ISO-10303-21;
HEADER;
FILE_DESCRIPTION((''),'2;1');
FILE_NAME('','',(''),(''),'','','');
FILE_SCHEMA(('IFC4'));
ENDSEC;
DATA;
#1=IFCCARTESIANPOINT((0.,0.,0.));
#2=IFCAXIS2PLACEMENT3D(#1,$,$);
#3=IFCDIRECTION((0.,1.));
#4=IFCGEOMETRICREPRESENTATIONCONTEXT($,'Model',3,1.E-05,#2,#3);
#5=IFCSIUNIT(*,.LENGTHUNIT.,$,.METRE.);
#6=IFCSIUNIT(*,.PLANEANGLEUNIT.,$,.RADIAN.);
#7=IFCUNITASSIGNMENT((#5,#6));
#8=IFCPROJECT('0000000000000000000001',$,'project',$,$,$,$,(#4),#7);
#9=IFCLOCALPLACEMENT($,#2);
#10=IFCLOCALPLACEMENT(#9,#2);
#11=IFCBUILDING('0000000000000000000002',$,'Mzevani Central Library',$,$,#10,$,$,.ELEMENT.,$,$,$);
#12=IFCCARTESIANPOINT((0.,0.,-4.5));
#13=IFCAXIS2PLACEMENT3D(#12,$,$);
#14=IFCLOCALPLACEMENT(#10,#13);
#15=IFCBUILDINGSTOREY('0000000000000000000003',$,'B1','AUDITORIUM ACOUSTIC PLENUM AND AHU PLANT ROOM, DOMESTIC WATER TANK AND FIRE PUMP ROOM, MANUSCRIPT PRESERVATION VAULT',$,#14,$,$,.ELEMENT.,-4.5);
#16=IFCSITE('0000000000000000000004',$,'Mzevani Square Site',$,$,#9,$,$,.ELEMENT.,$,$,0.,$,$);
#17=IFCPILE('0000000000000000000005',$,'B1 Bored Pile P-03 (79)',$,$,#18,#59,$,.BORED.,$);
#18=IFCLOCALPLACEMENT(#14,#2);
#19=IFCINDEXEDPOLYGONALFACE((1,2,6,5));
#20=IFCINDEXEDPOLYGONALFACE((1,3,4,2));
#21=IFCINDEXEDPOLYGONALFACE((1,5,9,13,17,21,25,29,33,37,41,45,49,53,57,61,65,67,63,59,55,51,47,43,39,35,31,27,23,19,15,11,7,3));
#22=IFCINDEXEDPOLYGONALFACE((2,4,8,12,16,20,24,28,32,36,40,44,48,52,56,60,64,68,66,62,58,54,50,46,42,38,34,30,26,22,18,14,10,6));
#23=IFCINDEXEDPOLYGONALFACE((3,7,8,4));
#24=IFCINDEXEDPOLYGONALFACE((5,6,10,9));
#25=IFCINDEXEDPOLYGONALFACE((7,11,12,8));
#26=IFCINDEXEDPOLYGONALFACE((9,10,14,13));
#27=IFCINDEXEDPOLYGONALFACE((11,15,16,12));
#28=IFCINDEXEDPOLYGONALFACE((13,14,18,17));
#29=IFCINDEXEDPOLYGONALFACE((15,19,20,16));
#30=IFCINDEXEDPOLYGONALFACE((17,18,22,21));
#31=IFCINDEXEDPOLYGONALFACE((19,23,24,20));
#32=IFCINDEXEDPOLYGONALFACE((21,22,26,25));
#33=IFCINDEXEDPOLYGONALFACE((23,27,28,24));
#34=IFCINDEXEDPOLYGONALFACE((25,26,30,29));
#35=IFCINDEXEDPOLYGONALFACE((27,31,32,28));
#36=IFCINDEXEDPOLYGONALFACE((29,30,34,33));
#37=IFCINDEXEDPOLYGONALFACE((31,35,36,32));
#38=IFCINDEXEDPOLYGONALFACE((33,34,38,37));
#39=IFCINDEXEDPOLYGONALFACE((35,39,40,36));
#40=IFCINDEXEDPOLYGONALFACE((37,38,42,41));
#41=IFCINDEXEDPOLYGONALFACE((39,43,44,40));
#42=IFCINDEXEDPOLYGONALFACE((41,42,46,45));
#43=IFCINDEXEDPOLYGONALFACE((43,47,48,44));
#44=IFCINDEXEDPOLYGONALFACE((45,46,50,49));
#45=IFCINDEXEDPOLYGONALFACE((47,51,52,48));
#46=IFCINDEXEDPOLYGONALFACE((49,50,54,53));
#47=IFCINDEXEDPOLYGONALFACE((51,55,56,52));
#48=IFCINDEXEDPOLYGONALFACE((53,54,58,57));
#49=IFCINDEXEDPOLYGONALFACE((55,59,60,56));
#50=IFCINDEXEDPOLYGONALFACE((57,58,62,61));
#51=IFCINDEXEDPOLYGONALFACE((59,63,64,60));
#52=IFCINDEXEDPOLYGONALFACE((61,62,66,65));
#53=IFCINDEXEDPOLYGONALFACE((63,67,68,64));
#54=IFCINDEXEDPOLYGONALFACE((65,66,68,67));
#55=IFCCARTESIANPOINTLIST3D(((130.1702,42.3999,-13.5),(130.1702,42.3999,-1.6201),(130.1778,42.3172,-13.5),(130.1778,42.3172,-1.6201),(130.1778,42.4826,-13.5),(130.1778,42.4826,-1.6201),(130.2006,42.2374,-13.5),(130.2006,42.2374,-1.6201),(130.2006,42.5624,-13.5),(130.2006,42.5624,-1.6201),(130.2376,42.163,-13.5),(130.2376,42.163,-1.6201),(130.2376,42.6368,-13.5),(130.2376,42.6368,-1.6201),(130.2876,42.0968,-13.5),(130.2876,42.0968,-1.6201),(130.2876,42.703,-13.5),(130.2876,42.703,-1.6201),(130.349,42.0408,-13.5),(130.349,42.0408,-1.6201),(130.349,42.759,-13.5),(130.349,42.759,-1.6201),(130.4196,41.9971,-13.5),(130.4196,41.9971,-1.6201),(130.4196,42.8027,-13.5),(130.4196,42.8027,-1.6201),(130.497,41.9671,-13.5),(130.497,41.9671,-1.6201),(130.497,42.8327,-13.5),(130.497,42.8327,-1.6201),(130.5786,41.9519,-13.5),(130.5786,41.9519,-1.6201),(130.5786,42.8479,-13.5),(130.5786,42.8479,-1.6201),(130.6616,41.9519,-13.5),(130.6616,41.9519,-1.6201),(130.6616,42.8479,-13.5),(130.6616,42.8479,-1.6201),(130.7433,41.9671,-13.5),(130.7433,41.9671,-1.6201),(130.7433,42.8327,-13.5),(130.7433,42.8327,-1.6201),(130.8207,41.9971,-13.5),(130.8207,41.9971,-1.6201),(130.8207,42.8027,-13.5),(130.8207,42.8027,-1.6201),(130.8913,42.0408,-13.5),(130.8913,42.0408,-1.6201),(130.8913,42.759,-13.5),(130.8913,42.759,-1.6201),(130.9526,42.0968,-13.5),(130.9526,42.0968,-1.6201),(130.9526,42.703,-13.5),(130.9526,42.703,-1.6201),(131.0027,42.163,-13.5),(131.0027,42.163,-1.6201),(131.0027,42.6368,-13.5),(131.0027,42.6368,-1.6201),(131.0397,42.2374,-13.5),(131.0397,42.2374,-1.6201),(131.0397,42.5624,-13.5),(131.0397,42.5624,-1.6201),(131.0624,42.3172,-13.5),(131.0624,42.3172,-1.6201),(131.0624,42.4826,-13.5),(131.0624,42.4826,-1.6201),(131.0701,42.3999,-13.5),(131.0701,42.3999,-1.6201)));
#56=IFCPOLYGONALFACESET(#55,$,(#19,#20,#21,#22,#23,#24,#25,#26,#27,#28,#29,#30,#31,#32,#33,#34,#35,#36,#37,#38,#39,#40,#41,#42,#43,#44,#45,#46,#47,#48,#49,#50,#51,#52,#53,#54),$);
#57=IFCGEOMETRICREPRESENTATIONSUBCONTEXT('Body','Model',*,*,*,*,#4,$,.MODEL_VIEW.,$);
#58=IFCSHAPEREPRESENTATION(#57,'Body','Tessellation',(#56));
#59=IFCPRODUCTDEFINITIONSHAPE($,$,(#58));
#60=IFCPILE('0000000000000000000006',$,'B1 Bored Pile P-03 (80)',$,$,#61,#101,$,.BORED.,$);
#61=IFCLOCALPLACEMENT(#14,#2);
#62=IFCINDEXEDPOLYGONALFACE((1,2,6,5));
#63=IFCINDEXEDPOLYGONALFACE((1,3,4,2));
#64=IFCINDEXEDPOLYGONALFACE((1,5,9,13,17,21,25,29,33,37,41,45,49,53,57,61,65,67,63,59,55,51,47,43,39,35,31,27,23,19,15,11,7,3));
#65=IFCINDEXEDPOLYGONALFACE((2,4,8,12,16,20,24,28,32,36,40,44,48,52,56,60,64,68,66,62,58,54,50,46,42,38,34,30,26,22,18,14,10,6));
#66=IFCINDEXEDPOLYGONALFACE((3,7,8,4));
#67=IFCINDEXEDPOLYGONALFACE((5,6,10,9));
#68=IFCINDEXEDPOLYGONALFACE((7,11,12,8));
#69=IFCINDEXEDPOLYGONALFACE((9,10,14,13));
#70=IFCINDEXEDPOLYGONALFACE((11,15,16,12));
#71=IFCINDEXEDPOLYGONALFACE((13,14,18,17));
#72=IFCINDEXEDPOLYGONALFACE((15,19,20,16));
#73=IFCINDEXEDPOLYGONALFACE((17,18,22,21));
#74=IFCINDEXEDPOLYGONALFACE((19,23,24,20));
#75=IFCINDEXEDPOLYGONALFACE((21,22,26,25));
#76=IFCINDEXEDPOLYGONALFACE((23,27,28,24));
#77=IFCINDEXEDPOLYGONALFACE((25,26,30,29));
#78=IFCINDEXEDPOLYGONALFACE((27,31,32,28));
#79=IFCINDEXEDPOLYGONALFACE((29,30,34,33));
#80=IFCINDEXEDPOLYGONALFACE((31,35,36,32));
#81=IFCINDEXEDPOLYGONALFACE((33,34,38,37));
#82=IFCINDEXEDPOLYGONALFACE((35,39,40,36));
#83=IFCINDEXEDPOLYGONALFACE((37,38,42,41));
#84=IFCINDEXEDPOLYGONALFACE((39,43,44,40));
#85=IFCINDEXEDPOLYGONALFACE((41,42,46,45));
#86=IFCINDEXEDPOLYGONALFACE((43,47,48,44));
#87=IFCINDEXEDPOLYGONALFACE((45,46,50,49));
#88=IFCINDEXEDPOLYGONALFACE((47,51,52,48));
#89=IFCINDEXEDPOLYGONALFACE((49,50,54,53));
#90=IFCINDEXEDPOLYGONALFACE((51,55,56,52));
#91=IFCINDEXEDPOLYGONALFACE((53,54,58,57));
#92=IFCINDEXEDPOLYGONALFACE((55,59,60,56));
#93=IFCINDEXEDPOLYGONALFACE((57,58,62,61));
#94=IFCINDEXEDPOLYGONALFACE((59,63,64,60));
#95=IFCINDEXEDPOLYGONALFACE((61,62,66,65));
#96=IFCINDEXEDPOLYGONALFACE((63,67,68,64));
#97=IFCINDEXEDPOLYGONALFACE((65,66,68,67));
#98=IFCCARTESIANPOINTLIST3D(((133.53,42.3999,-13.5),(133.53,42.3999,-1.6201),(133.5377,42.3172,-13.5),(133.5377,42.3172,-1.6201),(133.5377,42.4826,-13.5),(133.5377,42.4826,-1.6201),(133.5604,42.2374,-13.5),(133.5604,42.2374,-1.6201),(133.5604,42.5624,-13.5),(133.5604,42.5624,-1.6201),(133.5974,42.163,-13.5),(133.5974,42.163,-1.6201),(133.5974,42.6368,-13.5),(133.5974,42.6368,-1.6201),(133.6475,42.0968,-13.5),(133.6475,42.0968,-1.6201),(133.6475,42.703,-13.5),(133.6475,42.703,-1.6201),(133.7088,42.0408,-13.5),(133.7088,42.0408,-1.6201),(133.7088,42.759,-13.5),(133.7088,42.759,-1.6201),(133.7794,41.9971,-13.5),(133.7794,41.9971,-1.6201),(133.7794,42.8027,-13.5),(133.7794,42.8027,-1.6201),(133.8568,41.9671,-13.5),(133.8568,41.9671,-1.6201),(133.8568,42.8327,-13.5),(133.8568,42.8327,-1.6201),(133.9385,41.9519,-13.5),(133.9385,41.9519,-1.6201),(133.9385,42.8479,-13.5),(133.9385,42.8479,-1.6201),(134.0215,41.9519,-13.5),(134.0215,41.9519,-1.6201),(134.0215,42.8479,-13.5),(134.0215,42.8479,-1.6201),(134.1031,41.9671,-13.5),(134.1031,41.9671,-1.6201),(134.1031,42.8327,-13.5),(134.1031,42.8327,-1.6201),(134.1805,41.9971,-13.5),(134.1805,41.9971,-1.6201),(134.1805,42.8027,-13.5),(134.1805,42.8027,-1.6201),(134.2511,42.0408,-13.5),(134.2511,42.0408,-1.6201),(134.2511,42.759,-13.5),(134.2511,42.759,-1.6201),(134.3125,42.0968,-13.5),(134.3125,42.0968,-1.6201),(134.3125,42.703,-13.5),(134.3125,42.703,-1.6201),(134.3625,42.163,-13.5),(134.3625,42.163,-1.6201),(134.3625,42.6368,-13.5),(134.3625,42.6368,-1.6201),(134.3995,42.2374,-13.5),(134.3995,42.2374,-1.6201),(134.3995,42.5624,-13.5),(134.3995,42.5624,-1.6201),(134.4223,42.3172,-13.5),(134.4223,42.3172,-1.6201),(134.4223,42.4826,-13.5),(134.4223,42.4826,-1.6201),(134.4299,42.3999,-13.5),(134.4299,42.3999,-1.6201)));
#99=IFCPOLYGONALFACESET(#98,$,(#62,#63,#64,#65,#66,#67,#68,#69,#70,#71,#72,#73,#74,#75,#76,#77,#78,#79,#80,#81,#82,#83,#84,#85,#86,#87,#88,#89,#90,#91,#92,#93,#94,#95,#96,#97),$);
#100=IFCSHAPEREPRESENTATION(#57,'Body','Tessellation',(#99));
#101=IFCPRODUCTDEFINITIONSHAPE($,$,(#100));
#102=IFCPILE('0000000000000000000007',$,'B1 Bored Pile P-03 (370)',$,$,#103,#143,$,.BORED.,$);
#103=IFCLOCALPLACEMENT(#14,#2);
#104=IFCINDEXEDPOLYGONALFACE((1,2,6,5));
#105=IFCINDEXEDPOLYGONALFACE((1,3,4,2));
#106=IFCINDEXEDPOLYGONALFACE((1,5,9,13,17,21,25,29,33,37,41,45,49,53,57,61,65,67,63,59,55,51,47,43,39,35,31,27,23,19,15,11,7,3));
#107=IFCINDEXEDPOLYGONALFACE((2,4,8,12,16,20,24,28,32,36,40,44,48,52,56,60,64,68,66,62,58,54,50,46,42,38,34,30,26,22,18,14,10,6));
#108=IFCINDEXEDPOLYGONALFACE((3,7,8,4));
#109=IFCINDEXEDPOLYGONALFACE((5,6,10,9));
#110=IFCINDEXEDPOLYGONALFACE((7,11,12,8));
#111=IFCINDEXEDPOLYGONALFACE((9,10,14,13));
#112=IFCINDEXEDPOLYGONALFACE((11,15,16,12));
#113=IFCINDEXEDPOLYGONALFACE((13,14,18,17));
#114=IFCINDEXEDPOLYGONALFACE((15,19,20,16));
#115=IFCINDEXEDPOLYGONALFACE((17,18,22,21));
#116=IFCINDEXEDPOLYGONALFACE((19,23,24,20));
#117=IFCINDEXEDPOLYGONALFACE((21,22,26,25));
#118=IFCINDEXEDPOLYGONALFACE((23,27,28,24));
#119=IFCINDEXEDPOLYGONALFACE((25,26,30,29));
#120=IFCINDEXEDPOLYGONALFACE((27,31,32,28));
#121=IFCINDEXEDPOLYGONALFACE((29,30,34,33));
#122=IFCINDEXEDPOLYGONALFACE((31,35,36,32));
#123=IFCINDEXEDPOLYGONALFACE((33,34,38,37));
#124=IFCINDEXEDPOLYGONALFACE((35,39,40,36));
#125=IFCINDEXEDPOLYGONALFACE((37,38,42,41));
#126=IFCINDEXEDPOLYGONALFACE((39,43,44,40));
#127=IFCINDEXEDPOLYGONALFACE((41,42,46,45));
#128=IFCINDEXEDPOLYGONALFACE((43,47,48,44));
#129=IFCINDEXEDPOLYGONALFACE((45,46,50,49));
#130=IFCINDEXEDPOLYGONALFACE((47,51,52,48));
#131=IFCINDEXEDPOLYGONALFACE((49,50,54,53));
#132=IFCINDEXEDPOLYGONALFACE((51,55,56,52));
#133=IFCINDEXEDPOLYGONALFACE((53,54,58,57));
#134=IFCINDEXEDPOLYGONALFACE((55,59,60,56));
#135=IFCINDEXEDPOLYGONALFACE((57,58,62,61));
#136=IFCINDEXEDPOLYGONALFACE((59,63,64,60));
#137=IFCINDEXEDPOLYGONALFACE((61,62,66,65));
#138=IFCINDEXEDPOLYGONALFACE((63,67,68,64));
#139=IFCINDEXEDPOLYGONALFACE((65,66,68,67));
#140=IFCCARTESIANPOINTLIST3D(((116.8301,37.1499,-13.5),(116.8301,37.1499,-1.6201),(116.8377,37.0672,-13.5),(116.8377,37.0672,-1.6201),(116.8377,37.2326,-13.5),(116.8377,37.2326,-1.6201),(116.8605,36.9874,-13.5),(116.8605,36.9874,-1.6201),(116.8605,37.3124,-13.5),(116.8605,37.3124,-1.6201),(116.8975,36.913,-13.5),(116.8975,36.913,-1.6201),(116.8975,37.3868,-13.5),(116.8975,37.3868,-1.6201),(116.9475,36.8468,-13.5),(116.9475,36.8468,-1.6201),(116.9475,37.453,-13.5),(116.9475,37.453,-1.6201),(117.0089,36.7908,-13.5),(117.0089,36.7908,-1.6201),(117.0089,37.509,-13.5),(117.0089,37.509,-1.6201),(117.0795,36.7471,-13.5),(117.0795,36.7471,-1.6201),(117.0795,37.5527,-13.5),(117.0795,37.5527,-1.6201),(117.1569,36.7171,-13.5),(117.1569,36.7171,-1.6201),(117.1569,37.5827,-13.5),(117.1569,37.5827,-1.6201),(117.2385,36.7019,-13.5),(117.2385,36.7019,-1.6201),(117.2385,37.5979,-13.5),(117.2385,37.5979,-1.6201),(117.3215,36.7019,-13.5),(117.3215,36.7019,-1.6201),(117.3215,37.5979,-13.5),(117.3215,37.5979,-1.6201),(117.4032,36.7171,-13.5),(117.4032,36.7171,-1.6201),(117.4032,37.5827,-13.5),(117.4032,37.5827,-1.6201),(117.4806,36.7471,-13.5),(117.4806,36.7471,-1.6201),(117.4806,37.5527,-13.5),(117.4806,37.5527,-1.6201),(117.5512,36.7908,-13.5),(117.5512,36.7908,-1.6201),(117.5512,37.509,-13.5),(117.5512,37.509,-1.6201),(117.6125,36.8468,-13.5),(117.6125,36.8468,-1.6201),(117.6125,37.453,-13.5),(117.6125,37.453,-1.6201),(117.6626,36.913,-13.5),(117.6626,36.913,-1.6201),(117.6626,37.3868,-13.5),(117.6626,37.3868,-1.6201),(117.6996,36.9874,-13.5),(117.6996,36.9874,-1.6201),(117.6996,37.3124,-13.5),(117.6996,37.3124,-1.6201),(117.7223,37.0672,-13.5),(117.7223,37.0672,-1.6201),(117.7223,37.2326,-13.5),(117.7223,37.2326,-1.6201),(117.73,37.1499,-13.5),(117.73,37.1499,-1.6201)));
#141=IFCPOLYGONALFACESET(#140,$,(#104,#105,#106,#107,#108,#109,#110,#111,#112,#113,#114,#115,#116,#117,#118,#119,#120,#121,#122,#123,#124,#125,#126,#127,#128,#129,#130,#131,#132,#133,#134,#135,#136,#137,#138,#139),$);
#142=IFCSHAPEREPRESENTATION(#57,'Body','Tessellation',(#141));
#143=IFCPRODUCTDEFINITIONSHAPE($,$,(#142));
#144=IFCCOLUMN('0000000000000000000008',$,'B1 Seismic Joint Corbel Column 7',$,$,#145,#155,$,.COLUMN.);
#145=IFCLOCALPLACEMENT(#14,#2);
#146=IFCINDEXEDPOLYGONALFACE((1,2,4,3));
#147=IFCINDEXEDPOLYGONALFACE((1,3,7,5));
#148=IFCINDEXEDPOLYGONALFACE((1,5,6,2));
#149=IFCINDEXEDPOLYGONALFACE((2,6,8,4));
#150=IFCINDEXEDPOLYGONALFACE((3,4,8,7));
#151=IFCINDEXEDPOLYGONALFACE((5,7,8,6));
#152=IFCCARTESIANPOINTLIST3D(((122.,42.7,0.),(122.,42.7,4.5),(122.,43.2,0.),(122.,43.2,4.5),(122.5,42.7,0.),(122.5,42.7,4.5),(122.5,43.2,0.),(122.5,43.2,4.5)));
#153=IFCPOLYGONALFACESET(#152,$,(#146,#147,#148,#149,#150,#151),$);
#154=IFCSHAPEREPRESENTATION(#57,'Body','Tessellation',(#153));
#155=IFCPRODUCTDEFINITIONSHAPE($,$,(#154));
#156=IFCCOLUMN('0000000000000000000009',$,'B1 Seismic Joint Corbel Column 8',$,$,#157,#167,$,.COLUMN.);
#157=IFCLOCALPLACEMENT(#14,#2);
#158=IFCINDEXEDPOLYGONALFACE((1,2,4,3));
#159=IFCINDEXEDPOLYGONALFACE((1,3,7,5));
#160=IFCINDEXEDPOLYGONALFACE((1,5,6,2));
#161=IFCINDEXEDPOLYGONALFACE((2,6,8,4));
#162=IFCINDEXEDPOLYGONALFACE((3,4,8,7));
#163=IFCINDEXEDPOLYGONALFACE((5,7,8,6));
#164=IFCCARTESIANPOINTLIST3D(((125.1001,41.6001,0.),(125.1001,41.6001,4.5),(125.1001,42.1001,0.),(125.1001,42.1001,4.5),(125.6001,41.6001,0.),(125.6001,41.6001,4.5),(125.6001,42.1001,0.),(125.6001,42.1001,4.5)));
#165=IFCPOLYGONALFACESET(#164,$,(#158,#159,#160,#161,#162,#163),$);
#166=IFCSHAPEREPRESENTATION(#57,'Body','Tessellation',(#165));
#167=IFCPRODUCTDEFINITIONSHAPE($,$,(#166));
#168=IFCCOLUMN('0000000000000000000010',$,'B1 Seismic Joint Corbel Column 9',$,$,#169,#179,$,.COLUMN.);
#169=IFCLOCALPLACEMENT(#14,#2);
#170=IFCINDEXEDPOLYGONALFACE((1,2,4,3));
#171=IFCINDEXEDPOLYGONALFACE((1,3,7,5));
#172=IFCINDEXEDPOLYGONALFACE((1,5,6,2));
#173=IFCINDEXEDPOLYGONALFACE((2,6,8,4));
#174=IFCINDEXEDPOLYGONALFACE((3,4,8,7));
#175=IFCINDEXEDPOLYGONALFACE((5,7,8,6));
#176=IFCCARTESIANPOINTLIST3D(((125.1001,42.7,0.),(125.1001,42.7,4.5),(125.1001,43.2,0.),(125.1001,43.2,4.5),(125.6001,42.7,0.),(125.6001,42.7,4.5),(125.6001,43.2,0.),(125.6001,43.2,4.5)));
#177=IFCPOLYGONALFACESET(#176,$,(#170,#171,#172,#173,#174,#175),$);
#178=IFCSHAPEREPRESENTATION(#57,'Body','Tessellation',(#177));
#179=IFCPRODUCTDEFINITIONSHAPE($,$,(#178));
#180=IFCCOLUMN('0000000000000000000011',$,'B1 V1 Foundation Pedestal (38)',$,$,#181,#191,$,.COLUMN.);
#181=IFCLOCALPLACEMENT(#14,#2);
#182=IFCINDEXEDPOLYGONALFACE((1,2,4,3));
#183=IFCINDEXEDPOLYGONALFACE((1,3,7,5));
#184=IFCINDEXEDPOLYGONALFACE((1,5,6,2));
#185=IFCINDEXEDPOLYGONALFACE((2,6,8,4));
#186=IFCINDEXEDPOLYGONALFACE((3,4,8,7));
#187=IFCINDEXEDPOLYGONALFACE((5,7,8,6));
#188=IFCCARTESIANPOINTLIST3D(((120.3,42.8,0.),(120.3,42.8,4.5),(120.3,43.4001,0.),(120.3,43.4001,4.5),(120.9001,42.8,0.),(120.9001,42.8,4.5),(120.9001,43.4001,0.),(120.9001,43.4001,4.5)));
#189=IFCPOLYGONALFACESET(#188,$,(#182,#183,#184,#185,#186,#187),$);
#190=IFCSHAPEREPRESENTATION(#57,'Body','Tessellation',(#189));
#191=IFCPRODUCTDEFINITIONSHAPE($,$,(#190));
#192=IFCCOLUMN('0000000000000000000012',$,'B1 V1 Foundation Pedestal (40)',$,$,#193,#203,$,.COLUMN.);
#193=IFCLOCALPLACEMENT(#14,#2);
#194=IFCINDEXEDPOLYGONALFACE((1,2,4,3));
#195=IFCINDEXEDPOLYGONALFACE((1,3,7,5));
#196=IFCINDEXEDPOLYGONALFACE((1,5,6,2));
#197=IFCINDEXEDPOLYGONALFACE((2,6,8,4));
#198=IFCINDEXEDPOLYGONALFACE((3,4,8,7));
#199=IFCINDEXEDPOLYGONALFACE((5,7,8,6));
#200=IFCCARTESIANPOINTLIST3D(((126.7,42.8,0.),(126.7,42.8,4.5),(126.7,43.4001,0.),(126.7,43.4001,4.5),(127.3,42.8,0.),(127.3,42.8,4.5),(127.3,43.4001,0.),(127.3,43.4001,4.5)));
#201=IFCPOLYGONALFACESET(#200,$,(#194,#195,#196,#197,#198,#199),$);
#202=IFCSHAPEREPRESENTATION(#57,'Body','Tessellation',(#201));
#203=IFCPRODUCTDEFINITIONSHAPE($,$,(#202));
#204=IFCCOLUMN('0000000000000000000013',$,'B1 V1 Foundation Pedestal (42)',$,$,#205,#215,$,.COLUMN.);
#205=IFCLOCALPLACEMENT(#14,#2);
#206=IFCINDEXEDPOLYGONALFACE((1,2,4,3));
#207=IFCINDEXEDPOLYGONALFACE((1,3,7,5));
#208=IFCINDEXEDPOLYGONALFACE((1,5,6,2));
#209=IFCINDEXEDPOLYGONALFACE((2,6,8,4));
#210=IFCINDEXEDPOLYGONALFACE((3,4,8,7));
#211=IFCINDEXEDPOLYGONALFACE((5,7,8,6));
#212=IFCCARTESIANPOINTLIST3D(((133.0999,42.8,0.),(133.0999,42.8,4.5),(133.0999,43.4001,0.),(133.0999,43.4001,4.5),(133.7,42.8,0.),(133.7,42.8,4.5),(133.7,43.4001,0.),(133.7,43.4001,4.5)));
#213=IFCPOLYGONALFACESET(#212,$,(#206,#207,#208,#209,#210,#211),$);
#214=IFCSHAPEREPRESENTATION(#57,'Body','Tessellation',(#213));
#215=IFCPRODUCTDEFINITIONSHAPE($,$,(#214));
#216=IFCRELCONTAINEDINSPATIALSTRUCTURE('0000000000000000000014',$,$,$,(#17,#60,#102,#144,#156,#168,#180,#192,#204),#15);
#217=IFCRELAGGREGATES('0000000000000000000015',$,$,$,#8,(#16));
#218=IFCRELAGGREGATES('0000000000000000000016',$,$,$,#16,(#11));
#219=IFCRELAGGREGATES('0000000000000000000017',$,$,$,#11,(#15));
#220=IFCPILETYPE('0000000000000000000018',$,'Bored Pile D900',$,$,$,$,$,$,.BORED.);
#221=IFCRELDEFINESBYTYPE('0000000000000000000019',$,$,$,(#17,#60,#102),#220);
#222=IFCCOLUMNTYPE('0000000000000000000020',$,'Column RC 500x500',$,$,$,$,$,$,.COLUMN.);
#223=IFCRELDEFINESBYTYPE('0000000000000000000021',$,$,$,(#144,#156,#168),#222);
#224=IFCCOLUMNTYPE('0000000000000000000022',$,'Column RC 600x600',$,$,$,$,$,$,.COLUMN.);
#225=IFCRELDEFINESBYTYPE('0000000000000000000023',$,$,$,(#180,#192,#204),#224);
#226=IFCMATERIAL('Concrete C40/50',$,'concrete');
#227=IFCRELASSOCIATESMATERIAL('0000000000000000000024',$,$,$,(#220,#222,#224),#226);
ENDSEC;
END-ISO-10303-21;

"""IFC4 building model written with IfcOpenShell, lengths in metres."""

from ifc_helpers import new_model, si_unit, direction, frame, origin, origin_2d, place, context, subcontext, project, spatial, rectangle, circle, extrude, material, material_profile, profile_set, type_object, element, save


model = new_model("IFC4")

# Units and contexts
model_context = context("Model", 3, precision=1e-05, world=origin(), true_north=direction((0.0, 1.0)))
body_context = subcontext(model_context, "Body", "Model", "MODEL_VIEW")
ifc_project = project(units=[si_unit("LENGTHUNIT", "METRE"), si_unit("PLANEANGLEUNIT", "RADIAN")], contexts=[model_context])

# Site, building, storey
site_placement = place(None, origin())
site = spatial("IfcSite", under=ifc_project, at=site_placement, Name="Mzevani Square Site", CompositionType="ELEMENT", RefElevation=0.0)
building_placement = place(site_placement, origin())
building = spatial("IfcBuilding", under=site, at=building_placement, Name="Mzevani Central Library", CompositionType="ELEMENT")
storey_placement = place(building_placement, frame((0.0, 0.0, -4.5)))
storey = spatial("IfcBuildingStorey", under=building, at=storey_placement, Name="B1", Description="AUDITORIUM ACOUSTIC PLENUM AND AHU PLANT ROOM, DOMESTIC WATER TANK AND FIRE PUMP ROOM, MANUSCRIPT PRESERVATION VAULT", CompositionType="ELEMENT", Elevation=-4.5)

# Piles
ifc_material_1 = material(Name="Concrete C40/50", Category="concrete")
ifc_material_profile_1 = material_profile(ifc_material_1, circle(Radius=0.45, at=origin_2d()), Name="PILE D900")
ifc_profile_set_1 = profile_set([ifc_material_profile_1], Name="Concrete C40/50")
pile_type_1 = type_object("IfcPileType", Name="Bored Pile D900", PredefinedType="BORED", material=ifc_profile_set_1)
for number, where, z_axis, x_axis, name in (
    (1, (130.6201, 42.3999, -1.6201), (0.0, 0.0, -1.0), (1.0, 0.0, 0.0), "B1 Bored Pile P-03 (79)"),
    (2, (133.98, 42.3999, -1.6201), (0.0, 0.0, -1.0), (1.0, 0.0, 0.0), "B1 Bored Pile P-03 (80)"),
    (3, (117.28, 37.1499, -1.6201), (0.0, 0.0, -1.0), (1.0, 0.0, 0.0), "B1 Bored Pile P-03 (370)"),
):
    element("IfcPile", number, at=place(storey_placement, frame(where, z_axis=z_axis, x_axis=x_axis)), inside=storey, type_object=pile_type_1, Name=name, PredefinedType="BORED", context=body_context, shape_type="SweptSolid", body=[
        extrude(circle(Radius=0.45, at=origin_2d()), origin(), (0.0, 0.0, 1.0), 11.8799),
    ])

# Columns
ifc_material_profile_2 = material_profile(ifc_material_1, rectangle(XDim=0.5, YDim=0.5, at=origin_2d()), Name="RC 500x500")
ifc_profile_set_2 = profile_set([ifc_material_profile_2], Name="Concrete C40/50")
column_type_1 = type_object("IfcColumnType", Name="Column RC 500x500", PredefinedType="COLUMN", material=ifc_profile_set_2)
for number, where, z_axis, x_axis, name in (
    (4, (122.25, 42.95, 0.0), (0.0, 0.0, 1.0), (1.0, 0.0, 0.0), "B1 Seismic Joint Corbel Column 7"),
    (5, (125.3501, 41.8501, 0.0), (0.0, 0.0, 1.0), (1.0, 0.0, 0.0), "B1 Seismic Joint Corbel Column 8"),
    (6, (125.3501, 42.95, 0.0), (0.0, 0.0, 1.0), (1.0, 0.0, 0.0), "B1 Seismic Joint Corbel Column 9"),
):
    element("IfcColumn", number, at=place(storey_placement, frame(where, z_axis=z_axis, x_axis=x_axis)), inside=storey, type_object=column_type_1, Name=name, PredefinedType="COLUMN", context=body_context, shape_type="SweptSolid", body=[
        extrude(rectangle(XDim=0.5, YDim=0.5, at=origin_2d()), origin(), (0.0, 0.0, 1.0), 4.5),
    ])
ifc_material_profile_3 = material_profile(ifc_material_1, rectangle(XDim=0.6001, YDim=0.6001, at=origin_2d()), Name="RC 600x600")
ifc_profile_set_3 = profile_set([ifc_material_profile_3], Name="Concrete C40/50")
column_type_2 = type_object("IfcColumnType", Name="Column RC 600x600", PredefinedType="COLUMN", material=ifc_profile_set_3)
for number, where, z_axis, x_axis, name in (
    (7, (120.6001, 43.1001, 0.0), (0.0, 0.0, 1.0), (1.0, 0.0, 0.0), "B1 V1 Foundation Pedestal (38)"),
    (8, (127.0, 43.1001, 0.0), (0.0, 0.0, 1.0), (1.0, 0.0, 0.0), "B1 V1 Foundation Pedestal (40)"),
    (9, (133.3999, 43.1001, 0.0), (0.0, 0.0, 1.0), (1.0, 0.0, 0.0), "B1 V1 Foundation Pedestal (42)"),
):
    element("IfcColumn", number, at=place(storey_placement, frame(where, z_axis=z_axis, x_axis=x_axis)), inside=storey, type_object=column_type_2, Name=name, PredefinedType="COLUMN", context=body_context, shape_type="SweptSolid", body=[
        extrude(rectangle(XDim=0.6001, YDim=0.6001, at=origin_2d()), origin(), (0.0, 0.0, 1.0), 4.5),
    ])

save(model, "model.ifc")
